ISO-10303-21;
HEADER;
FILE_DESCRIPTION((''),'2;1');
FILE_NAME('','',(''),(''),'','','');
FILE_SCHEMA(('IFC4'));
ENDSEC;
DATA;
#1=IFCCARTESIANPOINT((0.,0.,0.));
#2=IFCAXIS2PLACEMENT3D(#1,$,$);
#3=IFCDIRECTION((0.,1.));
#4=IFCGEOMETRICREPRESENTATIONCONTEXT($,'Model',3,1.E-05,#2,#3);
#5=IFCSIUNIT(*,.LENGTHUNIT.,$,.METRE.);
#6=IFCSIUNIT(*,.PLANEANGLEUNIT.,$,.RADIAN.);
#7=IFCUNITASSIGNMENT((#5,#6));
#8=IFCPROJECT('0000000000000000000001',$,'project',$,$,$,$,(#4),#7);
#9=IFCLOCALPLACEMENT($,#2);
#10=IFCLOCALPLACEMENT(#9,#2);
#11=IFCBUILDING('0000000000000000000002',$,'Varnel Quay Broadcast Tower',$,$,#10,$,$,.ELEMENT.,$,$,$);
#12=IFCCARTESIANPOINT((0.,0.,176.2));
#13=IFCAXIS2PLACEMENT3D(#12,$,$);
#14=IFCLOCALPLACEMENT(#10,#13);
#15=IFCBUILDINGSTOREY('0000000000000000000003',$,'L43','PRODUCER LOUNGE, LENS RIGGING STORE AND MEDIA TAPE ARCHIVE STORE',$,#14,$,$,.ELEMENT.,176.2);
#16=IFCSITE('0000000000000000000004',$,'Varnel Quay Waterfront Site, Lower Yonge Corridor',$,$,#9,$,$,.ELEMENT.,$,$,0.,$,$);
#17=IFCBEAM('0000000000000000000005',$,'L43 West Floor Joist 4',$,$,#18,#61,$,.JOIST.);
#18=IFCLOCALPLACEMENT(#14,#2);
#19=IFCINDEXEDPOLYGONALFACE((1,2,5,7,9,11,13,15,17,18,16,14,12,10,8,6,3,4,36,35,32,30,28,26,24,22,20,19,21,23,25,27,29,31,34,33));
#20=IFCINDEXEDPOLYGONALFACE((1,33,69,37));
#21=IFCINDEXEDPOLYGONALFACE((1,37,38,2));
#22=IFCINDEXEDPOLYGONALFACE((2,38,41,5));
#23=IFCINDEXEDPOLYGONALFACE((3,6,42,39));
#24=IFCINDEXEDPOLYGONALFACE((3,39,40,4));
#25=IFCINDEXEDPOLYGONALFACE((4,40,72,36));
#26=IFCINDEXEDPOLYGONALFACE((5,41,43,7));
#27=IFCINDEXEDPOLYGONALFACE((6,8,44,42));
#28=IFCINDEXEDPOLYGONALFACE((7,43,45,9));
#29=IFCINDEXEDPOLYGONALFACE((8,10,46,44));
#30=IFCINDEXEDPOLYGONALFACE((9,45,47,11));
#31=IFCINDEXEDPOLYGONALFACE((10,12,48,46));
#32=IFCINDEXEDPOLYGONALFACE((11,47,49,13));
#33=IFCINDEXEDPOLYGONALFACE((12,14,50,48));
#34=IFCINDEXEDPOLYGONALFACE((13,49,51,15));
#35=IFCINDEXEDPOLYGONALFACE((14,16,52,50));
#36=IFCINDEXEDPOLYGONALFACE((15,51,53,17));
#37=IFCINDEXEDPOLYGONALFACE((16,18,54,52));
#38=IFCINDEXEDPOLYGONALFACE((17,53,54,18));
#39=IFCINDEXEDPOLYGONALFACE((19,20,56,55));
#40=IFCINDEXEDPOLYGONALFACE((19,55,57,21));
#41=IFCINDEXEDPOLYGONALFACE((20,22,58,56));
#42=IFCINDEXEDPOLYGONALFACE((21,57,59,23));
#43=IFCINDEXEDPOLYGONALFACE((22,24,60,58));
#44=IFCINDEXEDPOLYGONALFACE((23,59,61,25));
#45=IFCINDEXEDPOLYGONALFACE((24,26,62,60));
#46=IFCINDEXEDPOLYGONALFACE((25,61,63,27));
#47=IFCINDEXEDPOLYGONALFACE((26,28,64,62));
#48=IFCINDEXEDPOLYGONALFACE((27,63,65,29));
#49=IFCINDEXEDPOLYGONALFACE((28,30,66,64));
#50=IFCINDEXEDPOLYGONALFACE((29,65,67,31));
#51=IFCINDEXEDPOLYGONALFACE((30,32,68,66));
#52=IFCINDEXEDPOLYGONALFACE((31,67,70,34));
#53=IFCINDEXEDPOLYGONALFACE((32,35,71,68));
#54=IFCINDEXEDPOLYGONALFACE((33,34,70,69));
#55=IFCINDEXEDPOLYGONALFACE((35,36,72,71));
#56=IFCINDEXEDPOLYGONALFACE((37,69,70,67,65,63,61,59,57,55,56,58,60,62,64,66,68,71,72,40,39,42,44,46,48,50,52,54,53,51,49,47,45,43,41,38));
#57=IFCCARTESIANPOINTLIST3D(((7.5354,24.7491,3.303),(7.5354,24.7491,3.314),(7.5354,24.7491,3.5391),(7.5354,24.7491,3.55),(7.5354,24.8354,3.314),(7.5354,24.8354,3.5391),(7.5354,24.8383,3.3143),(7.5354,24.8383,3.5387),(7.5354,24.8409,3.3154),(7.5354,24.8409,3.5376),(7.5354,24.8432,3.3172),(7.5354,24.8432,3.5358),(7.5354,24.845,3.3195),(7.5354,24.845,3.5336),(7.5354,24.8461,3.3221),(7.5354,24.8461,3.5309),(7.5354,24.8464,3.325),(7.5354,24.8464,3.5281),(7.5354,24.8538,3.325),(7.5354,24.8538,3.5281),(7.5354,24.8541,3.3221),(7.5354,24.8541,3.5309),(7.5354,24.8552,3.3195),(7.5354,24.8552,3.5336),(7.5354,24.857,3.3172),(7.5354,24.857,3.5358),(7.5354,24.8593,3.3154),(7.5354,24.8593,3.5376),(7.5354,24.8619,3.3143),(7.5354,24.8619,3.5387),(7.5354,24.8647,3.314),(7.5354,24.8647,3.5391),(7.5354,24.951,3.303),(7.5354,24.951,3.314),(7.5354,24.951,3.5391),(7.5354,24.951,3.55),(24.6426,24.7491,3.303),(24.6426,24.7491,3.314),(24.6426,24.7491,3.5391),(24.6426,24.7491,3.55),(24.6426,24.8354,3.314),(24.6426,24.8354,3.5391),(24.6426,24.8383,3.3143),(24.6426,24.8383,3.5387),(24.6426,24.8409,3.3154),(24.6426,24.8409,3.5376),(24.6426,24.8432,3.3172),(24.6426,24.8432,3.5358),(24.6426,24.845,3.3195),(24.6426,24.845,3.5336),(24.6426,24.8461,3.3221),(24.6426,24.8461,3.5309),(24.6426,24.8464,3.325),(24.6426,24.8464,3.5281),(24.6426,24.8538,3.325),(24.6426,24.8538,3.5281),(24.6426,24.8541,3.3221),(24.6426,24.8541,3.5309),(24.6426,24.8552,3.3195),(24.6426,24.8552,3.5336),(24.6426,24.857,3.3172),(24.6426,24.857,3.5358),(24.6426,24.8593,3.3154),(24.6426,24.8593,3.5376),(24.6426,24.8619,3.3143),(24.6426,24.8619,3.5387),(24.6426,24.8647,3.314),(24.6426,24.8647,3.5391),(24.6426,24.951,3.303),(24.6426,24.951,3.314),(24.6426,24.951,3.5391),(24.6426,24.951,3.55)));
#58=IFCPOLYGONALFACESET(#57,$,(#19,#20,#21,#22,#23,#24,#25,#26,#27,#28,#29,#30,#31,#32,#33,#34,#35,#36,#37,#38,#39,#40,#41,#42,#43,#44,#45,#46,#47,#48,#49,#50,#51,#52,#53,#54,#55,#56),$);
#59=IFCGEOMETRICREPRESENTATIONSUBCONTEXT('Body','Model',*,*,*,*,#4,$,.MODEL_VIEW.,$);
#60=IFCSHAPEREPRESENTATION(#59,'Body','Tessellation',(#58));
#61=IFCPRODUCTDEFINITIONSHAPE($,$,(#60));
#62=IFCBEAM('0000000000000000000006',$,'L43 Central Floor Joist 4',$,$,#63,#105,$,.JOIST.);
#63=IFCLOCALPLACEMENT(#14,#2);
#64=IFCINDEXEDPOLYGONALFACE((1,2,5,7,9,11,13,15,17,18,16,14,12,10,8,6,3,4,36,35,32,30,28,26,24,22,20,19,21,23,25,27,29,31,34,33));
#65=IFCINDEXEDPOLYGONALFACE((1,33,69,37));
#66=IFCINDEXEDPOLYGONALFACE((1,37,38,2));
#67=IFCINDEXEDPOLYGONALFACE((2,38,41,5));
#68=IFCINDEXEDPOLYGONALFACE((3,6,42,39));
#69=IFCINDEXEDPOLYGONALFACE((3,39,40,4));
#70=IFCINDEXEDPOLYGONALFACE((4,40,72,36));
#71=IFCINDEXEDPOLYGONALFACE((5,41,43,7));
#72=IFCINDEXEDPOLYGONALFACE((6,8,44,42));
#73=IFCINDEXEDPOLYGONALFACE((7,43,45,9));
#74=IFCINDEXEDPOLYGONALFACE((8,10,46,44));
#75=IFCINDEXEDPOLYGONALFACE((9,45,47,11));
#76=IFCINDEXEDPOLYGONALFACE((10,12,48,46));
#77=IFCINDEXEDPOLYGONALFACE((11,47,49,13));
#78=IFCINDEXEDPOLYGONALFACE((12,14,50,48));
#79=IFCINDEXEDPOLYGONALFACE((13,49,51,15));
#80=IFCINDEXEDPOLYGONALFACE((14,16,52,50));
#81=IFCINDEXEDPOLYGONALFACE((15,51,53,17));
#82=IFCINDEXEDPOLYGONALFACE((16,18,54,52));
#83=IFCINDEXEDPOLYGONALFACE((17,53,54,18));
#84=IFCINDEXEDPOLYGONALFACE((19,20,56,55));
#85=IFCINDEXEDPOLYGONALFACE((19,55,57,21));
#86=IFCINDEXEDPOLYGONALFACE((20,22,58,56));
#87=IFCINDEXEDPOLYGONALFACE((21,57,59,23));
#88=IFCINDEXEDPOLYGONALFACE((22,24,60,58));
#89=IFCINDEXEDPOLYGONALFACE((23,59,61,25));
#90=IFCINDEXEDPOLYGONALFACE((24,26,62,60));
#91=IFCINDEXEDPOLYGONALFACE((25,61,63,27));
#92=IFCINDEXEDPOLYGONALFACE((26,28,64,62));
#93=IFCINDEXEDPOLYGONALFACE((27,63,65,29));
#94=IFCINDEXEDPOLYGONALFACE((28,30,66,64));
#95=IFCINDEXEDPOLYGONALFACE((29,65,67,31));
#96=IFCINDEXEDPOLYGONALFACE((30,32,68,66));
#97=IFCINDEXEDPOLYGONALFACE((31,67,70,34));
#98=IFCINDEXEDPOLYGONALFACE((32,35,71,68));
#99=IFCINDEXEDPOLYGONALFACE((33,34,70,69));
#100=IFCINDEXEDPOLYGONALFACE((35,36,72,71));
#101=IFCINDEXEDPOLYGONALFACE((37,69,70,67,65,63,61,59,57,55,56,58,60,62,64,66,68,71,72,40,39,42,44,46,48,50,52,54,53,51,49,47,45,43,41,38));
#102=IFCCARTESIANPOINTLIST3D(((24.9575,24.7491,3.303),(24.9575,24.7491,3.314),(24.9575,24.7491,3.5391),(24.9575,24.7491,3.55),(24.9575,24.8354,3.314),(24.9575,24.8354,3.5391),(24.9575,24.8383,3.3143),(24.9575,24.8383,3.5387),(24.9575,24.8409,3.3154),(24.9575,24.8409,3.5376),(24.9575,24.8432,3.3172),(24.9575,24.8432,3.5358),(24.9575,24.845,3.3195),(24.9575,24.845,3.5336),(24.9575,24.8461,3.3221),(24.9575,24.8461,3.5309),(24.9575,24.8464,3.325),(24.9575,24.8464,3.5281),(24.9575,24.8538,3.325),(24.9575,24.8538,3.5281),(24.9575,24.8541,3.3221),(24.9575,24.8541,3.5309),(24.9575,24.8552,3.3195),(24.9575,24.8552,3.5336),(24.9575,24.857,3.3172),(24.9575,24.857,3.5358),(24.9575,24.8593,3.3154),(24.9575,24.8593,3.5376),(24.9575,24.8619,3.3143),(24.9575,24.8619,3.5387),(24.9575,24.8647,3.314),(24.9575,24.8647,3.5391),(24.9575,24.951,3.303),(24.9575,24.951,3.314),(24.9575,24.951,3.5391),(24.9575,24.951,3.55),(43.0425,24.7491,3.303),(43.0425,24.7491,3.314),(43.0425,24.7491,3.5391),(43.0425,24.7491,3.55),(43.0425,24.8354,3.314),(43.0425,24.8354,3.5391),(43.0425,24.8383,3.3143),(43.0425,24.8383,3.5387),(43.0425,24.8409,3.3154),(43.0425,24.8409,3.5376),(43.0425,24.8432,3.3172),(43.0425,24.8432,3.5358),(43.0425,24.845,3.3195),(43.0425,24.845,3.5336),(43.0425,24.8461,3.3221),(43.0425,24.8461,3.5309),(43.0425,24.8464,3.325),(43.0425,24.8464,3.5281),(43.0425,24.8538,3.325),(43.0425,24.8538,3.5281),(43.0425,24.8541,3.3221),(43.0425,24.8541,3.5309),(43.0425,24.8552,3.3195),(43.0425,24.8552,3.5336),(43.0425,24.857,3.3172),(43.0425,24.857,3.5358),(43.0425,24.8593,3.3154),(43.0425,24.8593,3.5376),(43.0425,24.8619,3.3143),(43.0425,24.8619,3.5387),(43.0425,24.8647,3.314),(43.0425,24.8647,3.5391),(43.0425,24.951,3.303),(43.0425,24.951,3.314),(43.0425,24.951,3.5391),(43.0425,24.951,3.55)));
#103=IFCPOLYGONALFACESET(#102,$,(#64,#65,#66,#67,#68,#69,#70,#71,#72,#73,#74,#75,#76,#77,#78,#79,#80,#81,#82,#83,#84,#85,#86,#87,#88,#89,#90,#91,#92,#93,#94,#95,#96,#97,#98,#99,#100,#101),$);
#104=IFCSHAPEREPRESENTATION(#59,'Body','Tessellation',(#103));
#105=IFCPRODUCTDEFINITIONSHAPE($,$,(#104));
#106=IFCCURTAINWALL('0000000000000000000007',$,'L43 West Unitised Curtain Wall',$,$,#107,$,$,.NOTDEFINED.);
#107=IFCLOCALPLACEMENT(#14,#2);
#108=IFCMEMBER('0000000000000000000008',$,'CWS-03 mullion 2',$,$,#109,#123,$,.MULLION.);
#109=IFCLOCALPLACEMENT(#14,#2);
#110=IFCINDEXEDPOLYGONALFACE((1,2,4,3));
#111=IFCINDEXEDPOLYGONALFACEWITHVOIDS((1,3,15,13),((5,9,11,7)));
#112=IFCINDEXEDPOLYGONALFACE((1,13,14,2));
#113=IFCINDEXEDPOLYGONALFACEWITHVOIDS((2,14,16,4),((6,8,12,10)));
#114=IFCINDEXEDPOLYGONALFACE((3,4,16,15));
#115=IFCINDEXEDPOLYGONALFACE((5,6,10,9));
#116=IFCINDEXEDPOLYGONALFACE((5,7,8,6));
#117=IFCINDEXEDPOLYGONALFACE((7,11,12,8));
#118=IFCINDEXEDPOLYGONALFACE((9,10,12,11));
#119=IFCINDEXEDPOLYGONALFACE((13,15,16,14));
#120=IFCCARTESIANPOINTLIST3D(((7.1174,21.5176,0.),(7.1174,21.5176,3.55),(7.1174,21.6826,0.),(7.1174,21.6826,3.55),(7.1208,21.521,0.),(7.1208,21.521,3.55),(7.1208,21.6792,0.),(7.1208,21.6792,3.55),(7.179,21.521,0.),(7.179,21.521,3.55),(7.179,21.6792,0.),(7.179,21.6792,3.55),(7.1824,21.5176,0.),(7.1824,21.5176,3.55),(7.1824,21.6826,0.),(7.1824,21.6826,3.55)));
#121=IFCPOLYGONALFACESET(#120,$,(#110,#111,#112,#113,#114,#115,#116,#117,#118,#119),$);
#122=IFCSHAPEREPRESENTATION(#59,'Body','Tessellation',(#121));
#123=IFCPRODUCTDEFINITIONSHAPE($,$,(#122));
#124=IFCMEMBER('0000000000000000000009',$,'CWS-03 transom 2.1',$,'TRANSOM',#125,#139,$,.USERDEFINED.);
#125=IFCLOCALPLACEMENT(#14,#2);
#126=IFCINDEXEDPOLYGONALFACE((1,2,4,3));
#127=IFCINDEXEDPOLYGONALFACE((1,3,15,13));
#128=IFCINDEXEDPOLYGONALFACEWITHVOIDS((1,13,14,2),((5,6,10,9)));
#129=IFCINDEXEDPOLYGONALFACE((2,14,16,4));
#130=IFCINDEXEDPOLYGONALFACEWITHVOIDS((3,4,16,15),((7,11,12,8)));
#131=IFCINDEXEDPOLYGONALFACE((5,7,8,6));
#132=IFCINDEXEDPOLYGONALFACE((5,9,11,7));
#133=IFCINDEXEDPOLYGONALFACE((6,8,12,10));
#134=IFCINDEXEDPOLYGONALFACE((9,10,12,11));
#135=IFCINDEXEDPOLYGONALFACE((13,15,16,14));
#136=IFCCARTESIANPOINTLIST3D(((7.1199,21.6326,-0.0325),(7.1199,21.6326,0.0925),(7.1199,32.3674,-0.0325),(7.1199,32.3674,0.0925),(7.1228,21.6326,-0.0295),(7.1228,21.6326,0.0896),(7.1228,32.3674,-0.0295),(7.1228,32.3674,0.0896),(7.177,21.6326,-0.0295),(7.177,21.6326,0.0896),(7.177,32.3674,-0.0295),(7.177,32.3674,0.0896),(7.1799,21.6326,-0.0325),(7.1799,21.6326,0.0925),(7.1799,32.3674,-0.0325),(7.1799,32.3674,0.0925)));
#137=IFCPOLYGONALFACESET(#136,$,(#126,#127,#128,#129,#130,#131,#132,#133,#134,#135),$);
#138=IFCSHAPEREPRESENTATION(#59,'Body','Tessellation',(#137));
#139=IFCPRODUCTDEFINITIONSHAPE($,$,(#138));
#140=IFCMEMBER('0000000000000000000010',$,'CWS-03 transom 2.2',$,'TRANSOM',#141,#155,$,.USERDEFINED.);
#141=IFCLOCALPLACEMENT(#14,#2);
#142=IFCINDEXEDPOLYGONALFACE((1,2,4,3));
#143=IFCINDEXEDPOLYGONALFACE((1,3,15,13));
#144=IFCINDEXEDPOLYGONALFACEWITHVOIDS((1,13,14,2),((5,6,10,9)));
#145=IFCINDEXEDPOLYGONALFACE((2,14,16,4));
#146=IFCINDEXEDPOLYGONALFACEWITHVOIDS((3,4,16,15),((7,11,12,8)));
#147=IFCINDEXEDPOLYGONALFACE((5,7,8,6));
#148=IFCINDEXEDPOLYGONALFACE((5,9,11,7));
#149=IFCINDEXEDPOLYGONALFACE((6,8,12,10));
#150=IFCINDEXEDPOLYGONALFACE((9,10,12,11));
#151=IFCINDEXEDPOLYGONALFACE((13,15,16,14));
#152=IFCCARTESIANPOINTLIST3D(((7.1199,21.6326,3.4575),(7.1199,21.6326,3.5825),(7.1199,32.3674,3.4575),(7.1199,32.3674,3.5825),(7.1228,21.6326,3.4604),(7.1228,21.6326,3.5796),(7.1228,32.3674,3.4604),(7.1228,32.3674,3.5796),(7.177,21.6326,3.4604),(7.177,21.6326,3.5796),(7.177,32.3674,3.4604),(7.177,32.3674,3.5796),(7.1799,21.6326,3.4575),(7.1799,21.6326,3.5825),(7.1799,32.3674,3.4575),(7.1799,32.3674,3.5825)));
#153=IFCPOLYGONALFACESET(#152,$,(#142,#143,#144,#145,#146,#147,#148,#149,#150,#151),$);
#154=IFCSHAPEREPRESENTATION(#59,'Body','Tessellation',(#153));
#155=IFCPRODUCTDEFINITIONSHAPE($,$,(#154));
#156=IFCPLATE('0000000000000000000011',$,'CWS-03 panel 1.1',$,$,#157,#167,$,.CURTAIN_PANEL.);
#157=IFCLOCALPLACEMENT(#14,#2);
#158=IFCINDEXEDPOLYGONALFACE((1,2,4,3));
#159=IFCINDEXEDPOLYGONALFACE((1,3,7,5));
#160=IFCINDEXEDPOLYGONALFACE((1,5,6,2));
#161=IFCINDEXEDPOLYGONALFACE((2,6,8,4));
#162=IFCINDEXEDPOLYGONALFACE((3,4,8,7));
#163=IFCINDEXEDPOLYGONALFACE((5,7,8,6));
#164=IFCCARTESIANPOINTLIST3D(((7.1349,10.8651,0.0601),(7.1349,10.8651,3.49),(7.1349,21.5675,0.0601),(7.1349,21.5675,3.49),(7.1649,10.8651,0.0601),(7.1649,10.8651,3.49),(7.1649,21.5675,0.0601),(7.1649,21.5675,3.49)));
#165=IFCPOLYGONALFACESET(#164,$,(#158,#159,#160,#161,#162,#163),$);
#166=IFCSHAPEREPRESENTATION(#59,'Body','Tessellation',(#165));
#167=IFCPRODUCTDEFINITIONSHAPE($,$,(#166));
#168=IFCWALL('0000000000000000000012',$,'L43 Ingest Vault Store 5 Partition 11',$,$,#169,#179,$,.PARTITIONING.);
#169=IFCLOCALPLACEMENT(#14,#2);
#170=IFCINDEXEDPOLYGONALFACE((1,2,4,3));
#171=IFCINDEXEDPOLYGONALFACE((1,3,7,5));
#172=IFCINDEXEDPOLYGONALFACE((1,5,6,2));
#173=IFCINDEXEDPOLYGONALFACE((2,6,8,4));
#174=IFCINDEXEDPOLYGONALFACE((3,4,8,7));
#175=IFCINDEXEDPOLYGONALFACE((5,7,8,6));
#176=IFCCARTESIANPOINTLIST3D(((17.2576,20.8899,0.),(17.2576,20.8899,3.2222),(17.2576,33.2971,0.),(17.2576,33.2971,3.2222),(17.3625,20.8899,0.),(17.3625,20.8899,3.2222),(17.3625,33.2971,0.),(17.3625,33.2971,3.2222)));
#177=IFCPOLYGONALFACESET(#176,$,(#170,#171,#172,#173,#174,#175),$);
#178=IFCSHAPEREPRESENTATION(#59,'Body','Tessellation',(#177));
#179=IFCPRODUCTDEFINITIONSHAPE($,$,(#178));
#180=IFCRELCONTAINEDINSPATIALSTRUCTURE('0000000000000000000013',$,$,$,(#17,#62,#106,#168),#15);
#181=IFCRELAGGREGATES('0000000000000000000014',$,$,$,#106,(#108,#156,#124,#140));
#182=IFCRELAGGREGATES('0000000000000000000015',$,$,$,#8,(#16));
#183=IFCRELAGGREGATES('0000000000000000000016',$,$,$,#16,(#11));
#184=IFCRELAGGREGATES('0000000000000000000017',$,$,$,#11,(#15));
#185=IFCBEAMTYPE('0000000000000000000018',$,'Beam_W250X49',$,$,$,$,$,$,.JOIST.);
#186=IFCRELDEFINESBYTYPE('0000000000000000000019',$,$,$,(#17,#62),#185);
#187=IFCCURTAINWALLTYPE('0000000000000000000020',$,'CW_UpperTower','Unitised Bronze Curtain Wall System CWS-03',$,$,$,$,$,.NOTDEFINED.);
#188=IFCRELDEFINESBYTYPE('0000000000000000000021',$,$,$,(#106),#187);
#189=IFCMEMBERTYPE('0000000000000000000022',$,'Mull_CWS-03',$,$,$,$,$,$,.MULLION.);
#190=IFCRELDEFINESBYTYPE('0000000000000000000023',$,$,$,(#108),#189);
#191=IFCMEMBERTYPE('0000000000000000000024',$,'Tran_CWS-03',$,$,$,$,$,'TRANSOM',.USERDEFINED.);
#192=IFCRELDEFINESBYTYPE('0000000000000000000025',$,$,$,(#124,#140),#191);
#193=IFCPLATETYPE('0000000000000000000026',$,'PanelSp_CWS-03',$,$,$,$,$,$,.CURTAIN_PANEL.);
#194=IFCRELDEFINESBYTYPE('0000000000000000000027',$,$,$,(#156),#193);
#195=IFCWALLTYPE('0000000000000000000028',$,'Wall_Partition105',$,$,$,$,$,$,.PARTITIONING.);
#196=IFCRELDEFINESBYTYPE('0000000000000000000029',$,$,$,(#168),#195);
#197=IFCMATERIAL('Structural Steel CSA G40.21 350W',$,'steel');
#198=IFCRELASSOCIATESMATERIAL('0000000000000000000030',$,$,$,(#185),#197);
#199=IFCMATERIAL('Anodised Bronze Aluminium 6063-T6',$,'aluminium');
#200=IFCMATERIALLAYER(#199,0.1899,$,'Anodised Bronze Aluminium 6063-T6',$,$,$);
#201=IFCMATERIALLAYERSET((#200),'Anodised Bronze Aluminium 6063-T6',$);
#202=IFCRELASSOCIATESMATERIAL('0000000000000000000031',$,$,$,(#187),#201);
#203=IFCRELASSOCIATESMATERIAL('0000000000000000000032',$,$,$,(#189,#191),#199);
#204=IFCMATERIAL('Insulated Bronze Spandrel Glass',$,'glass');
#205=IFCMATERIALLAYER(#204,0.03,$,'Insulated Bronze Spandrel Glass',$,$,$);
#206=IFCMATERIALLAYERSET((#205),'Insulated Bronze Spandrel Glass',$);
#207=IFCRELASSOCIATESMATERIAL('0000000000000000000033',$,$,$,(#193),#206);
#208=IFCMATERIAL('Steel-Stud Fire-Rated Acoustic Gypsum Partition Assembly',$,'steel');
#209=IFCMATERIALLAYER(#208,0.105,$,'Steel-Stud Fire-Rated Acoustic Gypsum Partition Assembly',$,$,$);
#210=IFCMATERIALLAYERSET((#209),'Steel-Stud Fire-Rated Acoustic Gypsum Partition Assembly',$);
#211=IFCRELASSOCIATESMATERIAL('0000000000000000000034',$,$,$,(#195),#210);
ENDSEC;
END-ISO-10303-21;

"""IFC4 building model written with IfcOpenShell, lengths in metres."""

from ifc_helpers import new_model, si_unit, direction, frame, frame_2d, origin, origin_2d, place, context, subcontext, project, spatial, rectangle, hollow_rectangle, i_section, extrude, source, transform, mapped, material, layer, layer_set, material_profile, profile_set, type_object, type_shapes, element, aggregate, save


model = new_model("IFC4")

# Units and contexts
model_context = context("Model", 3, precision=1e-05, world=origin(), true_north=direction((0.0, 1.0)))
body_context = subcontext(model_context, "Body", "Model", "MODEL_VIEW")
ifc_project = project(units=[si_unit("LENGTHUNIT", "METRE"), si_unit("PLANEANGLEUNIT", "RADIAN")], contexts=[model_context])

# Site, building, storey
site_placement = place(None, origin())
site = spatial("IfcSite", under=ifc_project, at=site_placement, Name="Varnel Quay Waterfront Site, Lower Yonge Corridor", CompositionType="ELEMENT", RefElevation=0.0)
building_placement = place(site_placement, origin())
building = spatial("IfcBuilding", under=site, at=building_placement, Name="Varnel Quay Broadcast Tower", CompositionType="ELEMENT")
storey_placement = place(building_placement, frame((0.0, 0.0, 176.2)))
storey = spatial("IfcBuildingStorey", under=building, at=storey_placement, Name="L43", Description="PRODUCER LOUNGE, LENS RIGGING STORE AND MEDIA TAPE ARCHIVE STORE", CompositionType="ELEMENT", Elevation=176.2)

# Shared definitions
ifc_material_1 = material(Name="Structural Steel CSA G40.21 350W", Category="steel")

# Beams
ifc_material_profile_1 = material_profile(ifc_material_1, i_section(OverallWidth=0.2019, OverallDepth=0.2471, WebThickness=0.0073, FlangeThickness=0.011, FilletRadius=0.011, at=origin_2d()), Name="W250X49")
ifc_profile_set_1 = profile_set([ifc_material_profile_1], Name="Structural Steel CSA G40.21 350W")
beam_type_1 = type_object("IfcBeamType", Name="Beam_W250X49", PredefinedType="JOIST", material=ifc_profile_set_1)
shared_shape_1 = source(origin(), body_context, "Body", "SweptSolid", [
    extrude(i_section(OverallWidth=0.2019, OverallDepth=0.2471, WebThickness=0.0073, FlangeThickness=0.011, FilletRadius=0.011, at=origin_2d()), origin(), (0.0, 0.0, 1.0), 17.1072),
])
beam_1_placement = place(storey_placement, frame((7.5354, 24.8501, 3.4265), z_axis=(1.0, 0.0, 0.0), x_axis=(0.0, 1.0, 0.0)))
element("IfcBeam", 1, at=beam_1_placement, inside=storey, type_object=beam_type_1, Name="L43 West Floor Joist 4", PredefinedType="JOIST", context=body_context, shape_type="MappedRepresentation", body=[
    mapped(shared_shape_1, transform((0.0, 0.0, 0.0), x_axis=(1.0, 0.0, 0.0), y_axis=(0.0, 1.0, 0.0), z_axis=(0.0, 0.0, 1.0), scale=1.0)),
])
shared_shape_2 = source(origin(), body_context, "Body", "SweptSolid", [
    extrude(i_section(OverallWidth=0.2019, OverallDepth=0.2471, WebThickness=0.0073, FlangeThickness=0.011, FilletRadius=0.011, at=origin_2d()), origin(), (0.0, 0.0, 1.0), 18.085),
])
type_shapes(beam_type_1, [shared_shape_1, shared_shape_2])
beam_2_placement = place(storey_placement, frame((24.9575, 24.8501, 3.4265), z_axis=(1.0, 0.0, 0.0), x_axis=(0.0, 1.0, 0.0)))
element("IfcBeam", 2, at=beam_2_placement, inside=storey, type_object=beam_type_1, Name="L43 Central Floor Joist 4", PredefinedType="JOIST", context=body_context, shape_type="MappedRepresentation", body=[
    mapped(shared_shape_2, transform((0.0, 0.0, 0.0), x_axis=(1.0, 0.0, 0.0), y_axis=(0.0, 1.0, 0.0), z_axis=(0.0, 0.0, 1.0), scale=1.0)),
])

# Curtain wall, members, plate
ifc_material_2 = material(Name="Anodised Bronze Aluminium 6063-T6", Category="aluminium")
ifc_layer_1 = layer(ifc_material_2, 0.1899, Name="Anodised Bronze Aluminium 6063-T6")
ifc_layer_set_1 = layer_set([ifc_layer_1], Name="Anodised Bronze Aluminium 6063-T6")
curtain_wall_type = type_object("IfcCurtainWallType", Name="CW_UpperTower", Description="Unitised Bronze Curtain Wall System CWS-03", PredefinedType="NOTDEFINED", material=ifc_layer_set_1)
curtain_wall_placement = place(storey_placement, origin())
curtain_wall = element("IfcCurtainWall", 3, at=curtain_wall_placement, inside=storey, type_object=curtain_wall_type, Name="L43 West Unitised Curtain Wall", PredefinedType="NOTDEFINED")
ifc_material_profile_2 = material_profile(ifc_material_2, hollow_rectangle(XDim=0.0649, YDim=0.165, WallThickness=0.0034, at=origin_2d()), Name="ALU65X165X3.5")
ifc_profile_set_2 = profile_set([ifc_material_profile_2], Name="Anodised Bronze Aluminium 6063-T6")
member_type_1 = type_object("IfcMemberType", Name="Mull_CWS-03", PredefinedType="MULLION", material=ifc_profile_set_2)
shared_shape_3 = source(origin(), body_context, "Body", "SweptSolid", [
    extrude(hollow_rectangle(XDim=0.0649, YDim=0.165, WallThickness=0.0034, at=origin_2d()), origin(), (0.0, 0.0, 1.0), 3.55),
])
type_shapes(member_type_1, [shared_shape_3])
member_1_placement = place(storey_placement, frame((7.1499, 21.6001, 0.0), z_axis=(0.0, 0.0, 1.0), x_axis=(-1.0, 0.0, 0.0)))
member_1 = element("IfcMember", 4, at=member_1_placement, type_object=member_type_1, Name="CWS-03 mullion 2", PredefinedType="MULLION", context=body_context, shape_type="MappedRepresentation", body=[
    mapped(shared_shape_3, transform((0.0, 0.0, 0.0), x_axis=(1.0, 0.0, 0.0), y_axis=(0.0, 1.0, 0.0), z_axis=(0.0, 0.0, 1.0), scale=1.0)),
])
ifc_material_profile_3 = material_profile(ifc_material_2, hollow_rectangle(XDim=0.0601, YDim=0.125, WallThickness=0.0029, at=origin_2d()), Name="ALU60X125X3")
ifc_profile_set_3 = profile_set([ifc_material_profile_3], Name="Anodised Bronze Aluminium 6063-T6")
member_type_2 = type_object("IfcMemberType", Name="Tran_CWS-03", ElementType="TRANSOM", PredefinedType="USERDEFINED", material=ifc_profile_set_3)
shared_shape_4 = source(origin(), body_context, "Body", "SweptSolid", [
    extrude(hollow_rectangle(XDim=0.0601, YDim=0.125, WallThickness=0.0029, at=origin_2d()), origin(), (0.0, 0.0, 1.0), 10.7349),
])
type_shapes(member_type_2, [shared_shape_4])
member_2_placement = place(storey_placement, frame((7.1499, 21.6326, 0.03), z_axis=(0.0, 1.0, 0.0), x_axis=(-1.0, 0.0, 0.0)))
member_2 = element("IfcMember", 5, at=member_2_placement, type_object=member_type_2, Name="CWS-03 transom 2.1", ObjectType="TRANSOM", PredefinedType="USERDEFINED", context=body_context, shape_type="MappedRepresentation", body=[
    mapped(shared_shape_4, transform((0.0, 0.0, 0.0), x_axis=(1.0, 0.0, 0.0), y_axis=(0.0, 1.0, 0.0), z_axis=(0.0, 0.0, 1.0), scale=1.0)),
])
member_3_placement = place(storey_placement, frame((7.1499, 21.6326, 3.52), z_axis=(0.0, 1.0, 0.0), x_axis=(-1.0, 0.0, 0.0)))
member_3 = element("IfcMember", 6, at=member_3_placement, type_object=member_type_2, Name="CWS-03 transom 2.2", ObjectType="TRANSOM", PredefinedType="USERDEFINED", context=body_context, shape_type="MappedRepresentation", body=[
    mapped(shared_shape_4, transform((0.0, 0.0, 0.0), x_axis=(1.0, 0.0, 0.0), y_axis=(0.0, 1.0, 0.0), z_axis=(0.0, 0.0, 1.0), scale=1.0)),
])
ifc_material_3 = material(Name="Insulated Bronze Spandrel Glass", Category="glass")
ifc_layer_2 = layer(ifc_material_3, 0.03, Name="Insulated Bronze Spandrel Glass")
ifc_layer_set_2 = layer_set([ifc_layer_2], Name="Insulated Bronze Spandrel Glass")
plate_type = type_object("IfcPlateType", Name="PanelSp_CWS-03", PredefinedType="CURTAIN_PANEL", material=ifc_layer_set_2)
shared_shape_5 = source(origin(), body_context, "Body", "SweptSolid", [
    extrude(rectangle(XDim=10.7024, YDim=0.03, at=origin_2d()), origin(), (0.0, 0.0, 1.0), 3.4299),
])
type_shapes(plate_type, [shared_shape_5])
plate_placement = place(storey_placement, frame((7.1499, 16.2163, 0.0601), z_axis=(0.0, 0.0, 1.0), x_axis=(0.0, 1.0, 0.0)))
plate = element("IfcPlate", 7, at=plate_placement, type_object=plate_type, Name="CWS-03 panel 1.1", PredefinedType="CURTAIN_PANEL", context=body_context, shape_type="MappedRepresentation", body=[
    mapped(shared_shape_5, transform((0.0, 0.0, 0.0), x_axis=(1.0, 0.0, 0.0), y_axis=(0.0, 1.0, 0.0), z_axis=(0.0, 0.0, 1.0), scale=1.0)),
])
aggregate(curtain_wall, [member_1, plate, member_2, member_3])

# Wall
ifc_material_4 = material(Name="Steel-Stud Fire-Rated Acoustic Gypsum Partition Assembly", Category="steel")
ifc_layer_3 = layer(ifc_material_4, 0.105, Name="Steel-Stud Fire-Rated Acoustic Gypsum Partition Assembly")
ifc_layer_set_3 = layer_set([ifc_layer_3], Name="Steel-Stud Fire-Rated Acoustic Gypsum Partition Assembly")
wall_type_1 = type_object("IfcWallType", Name="Wall_Partition105", PredefinedType="PARTITIONING", material=ifc_layer_set_3)
wall_1_placement = place(storey_placement, frame((17.3101, 20.8899, 0.0), z_axis=(0.0, 0.0, 1.0), x_axis=(0.0, 1.0, 0.0)))
element("IfcWall", 8, at=wall_1_placement, inside=storey, type_object=wall_type_1, Name="L43 Ingest Vault Store 5 Partition 11", PredefinedType="PARTITIONING", context=body_context, shape_type="SweptSolid", body=[
    extrude(rectangle(XDim=12.4072, YDim=0.105, at=frame_2d((6.2036, 0.0))), origin(), (0.0, 0.0, 1.0), 3.2222),
])

save(model, "model.ifc")
